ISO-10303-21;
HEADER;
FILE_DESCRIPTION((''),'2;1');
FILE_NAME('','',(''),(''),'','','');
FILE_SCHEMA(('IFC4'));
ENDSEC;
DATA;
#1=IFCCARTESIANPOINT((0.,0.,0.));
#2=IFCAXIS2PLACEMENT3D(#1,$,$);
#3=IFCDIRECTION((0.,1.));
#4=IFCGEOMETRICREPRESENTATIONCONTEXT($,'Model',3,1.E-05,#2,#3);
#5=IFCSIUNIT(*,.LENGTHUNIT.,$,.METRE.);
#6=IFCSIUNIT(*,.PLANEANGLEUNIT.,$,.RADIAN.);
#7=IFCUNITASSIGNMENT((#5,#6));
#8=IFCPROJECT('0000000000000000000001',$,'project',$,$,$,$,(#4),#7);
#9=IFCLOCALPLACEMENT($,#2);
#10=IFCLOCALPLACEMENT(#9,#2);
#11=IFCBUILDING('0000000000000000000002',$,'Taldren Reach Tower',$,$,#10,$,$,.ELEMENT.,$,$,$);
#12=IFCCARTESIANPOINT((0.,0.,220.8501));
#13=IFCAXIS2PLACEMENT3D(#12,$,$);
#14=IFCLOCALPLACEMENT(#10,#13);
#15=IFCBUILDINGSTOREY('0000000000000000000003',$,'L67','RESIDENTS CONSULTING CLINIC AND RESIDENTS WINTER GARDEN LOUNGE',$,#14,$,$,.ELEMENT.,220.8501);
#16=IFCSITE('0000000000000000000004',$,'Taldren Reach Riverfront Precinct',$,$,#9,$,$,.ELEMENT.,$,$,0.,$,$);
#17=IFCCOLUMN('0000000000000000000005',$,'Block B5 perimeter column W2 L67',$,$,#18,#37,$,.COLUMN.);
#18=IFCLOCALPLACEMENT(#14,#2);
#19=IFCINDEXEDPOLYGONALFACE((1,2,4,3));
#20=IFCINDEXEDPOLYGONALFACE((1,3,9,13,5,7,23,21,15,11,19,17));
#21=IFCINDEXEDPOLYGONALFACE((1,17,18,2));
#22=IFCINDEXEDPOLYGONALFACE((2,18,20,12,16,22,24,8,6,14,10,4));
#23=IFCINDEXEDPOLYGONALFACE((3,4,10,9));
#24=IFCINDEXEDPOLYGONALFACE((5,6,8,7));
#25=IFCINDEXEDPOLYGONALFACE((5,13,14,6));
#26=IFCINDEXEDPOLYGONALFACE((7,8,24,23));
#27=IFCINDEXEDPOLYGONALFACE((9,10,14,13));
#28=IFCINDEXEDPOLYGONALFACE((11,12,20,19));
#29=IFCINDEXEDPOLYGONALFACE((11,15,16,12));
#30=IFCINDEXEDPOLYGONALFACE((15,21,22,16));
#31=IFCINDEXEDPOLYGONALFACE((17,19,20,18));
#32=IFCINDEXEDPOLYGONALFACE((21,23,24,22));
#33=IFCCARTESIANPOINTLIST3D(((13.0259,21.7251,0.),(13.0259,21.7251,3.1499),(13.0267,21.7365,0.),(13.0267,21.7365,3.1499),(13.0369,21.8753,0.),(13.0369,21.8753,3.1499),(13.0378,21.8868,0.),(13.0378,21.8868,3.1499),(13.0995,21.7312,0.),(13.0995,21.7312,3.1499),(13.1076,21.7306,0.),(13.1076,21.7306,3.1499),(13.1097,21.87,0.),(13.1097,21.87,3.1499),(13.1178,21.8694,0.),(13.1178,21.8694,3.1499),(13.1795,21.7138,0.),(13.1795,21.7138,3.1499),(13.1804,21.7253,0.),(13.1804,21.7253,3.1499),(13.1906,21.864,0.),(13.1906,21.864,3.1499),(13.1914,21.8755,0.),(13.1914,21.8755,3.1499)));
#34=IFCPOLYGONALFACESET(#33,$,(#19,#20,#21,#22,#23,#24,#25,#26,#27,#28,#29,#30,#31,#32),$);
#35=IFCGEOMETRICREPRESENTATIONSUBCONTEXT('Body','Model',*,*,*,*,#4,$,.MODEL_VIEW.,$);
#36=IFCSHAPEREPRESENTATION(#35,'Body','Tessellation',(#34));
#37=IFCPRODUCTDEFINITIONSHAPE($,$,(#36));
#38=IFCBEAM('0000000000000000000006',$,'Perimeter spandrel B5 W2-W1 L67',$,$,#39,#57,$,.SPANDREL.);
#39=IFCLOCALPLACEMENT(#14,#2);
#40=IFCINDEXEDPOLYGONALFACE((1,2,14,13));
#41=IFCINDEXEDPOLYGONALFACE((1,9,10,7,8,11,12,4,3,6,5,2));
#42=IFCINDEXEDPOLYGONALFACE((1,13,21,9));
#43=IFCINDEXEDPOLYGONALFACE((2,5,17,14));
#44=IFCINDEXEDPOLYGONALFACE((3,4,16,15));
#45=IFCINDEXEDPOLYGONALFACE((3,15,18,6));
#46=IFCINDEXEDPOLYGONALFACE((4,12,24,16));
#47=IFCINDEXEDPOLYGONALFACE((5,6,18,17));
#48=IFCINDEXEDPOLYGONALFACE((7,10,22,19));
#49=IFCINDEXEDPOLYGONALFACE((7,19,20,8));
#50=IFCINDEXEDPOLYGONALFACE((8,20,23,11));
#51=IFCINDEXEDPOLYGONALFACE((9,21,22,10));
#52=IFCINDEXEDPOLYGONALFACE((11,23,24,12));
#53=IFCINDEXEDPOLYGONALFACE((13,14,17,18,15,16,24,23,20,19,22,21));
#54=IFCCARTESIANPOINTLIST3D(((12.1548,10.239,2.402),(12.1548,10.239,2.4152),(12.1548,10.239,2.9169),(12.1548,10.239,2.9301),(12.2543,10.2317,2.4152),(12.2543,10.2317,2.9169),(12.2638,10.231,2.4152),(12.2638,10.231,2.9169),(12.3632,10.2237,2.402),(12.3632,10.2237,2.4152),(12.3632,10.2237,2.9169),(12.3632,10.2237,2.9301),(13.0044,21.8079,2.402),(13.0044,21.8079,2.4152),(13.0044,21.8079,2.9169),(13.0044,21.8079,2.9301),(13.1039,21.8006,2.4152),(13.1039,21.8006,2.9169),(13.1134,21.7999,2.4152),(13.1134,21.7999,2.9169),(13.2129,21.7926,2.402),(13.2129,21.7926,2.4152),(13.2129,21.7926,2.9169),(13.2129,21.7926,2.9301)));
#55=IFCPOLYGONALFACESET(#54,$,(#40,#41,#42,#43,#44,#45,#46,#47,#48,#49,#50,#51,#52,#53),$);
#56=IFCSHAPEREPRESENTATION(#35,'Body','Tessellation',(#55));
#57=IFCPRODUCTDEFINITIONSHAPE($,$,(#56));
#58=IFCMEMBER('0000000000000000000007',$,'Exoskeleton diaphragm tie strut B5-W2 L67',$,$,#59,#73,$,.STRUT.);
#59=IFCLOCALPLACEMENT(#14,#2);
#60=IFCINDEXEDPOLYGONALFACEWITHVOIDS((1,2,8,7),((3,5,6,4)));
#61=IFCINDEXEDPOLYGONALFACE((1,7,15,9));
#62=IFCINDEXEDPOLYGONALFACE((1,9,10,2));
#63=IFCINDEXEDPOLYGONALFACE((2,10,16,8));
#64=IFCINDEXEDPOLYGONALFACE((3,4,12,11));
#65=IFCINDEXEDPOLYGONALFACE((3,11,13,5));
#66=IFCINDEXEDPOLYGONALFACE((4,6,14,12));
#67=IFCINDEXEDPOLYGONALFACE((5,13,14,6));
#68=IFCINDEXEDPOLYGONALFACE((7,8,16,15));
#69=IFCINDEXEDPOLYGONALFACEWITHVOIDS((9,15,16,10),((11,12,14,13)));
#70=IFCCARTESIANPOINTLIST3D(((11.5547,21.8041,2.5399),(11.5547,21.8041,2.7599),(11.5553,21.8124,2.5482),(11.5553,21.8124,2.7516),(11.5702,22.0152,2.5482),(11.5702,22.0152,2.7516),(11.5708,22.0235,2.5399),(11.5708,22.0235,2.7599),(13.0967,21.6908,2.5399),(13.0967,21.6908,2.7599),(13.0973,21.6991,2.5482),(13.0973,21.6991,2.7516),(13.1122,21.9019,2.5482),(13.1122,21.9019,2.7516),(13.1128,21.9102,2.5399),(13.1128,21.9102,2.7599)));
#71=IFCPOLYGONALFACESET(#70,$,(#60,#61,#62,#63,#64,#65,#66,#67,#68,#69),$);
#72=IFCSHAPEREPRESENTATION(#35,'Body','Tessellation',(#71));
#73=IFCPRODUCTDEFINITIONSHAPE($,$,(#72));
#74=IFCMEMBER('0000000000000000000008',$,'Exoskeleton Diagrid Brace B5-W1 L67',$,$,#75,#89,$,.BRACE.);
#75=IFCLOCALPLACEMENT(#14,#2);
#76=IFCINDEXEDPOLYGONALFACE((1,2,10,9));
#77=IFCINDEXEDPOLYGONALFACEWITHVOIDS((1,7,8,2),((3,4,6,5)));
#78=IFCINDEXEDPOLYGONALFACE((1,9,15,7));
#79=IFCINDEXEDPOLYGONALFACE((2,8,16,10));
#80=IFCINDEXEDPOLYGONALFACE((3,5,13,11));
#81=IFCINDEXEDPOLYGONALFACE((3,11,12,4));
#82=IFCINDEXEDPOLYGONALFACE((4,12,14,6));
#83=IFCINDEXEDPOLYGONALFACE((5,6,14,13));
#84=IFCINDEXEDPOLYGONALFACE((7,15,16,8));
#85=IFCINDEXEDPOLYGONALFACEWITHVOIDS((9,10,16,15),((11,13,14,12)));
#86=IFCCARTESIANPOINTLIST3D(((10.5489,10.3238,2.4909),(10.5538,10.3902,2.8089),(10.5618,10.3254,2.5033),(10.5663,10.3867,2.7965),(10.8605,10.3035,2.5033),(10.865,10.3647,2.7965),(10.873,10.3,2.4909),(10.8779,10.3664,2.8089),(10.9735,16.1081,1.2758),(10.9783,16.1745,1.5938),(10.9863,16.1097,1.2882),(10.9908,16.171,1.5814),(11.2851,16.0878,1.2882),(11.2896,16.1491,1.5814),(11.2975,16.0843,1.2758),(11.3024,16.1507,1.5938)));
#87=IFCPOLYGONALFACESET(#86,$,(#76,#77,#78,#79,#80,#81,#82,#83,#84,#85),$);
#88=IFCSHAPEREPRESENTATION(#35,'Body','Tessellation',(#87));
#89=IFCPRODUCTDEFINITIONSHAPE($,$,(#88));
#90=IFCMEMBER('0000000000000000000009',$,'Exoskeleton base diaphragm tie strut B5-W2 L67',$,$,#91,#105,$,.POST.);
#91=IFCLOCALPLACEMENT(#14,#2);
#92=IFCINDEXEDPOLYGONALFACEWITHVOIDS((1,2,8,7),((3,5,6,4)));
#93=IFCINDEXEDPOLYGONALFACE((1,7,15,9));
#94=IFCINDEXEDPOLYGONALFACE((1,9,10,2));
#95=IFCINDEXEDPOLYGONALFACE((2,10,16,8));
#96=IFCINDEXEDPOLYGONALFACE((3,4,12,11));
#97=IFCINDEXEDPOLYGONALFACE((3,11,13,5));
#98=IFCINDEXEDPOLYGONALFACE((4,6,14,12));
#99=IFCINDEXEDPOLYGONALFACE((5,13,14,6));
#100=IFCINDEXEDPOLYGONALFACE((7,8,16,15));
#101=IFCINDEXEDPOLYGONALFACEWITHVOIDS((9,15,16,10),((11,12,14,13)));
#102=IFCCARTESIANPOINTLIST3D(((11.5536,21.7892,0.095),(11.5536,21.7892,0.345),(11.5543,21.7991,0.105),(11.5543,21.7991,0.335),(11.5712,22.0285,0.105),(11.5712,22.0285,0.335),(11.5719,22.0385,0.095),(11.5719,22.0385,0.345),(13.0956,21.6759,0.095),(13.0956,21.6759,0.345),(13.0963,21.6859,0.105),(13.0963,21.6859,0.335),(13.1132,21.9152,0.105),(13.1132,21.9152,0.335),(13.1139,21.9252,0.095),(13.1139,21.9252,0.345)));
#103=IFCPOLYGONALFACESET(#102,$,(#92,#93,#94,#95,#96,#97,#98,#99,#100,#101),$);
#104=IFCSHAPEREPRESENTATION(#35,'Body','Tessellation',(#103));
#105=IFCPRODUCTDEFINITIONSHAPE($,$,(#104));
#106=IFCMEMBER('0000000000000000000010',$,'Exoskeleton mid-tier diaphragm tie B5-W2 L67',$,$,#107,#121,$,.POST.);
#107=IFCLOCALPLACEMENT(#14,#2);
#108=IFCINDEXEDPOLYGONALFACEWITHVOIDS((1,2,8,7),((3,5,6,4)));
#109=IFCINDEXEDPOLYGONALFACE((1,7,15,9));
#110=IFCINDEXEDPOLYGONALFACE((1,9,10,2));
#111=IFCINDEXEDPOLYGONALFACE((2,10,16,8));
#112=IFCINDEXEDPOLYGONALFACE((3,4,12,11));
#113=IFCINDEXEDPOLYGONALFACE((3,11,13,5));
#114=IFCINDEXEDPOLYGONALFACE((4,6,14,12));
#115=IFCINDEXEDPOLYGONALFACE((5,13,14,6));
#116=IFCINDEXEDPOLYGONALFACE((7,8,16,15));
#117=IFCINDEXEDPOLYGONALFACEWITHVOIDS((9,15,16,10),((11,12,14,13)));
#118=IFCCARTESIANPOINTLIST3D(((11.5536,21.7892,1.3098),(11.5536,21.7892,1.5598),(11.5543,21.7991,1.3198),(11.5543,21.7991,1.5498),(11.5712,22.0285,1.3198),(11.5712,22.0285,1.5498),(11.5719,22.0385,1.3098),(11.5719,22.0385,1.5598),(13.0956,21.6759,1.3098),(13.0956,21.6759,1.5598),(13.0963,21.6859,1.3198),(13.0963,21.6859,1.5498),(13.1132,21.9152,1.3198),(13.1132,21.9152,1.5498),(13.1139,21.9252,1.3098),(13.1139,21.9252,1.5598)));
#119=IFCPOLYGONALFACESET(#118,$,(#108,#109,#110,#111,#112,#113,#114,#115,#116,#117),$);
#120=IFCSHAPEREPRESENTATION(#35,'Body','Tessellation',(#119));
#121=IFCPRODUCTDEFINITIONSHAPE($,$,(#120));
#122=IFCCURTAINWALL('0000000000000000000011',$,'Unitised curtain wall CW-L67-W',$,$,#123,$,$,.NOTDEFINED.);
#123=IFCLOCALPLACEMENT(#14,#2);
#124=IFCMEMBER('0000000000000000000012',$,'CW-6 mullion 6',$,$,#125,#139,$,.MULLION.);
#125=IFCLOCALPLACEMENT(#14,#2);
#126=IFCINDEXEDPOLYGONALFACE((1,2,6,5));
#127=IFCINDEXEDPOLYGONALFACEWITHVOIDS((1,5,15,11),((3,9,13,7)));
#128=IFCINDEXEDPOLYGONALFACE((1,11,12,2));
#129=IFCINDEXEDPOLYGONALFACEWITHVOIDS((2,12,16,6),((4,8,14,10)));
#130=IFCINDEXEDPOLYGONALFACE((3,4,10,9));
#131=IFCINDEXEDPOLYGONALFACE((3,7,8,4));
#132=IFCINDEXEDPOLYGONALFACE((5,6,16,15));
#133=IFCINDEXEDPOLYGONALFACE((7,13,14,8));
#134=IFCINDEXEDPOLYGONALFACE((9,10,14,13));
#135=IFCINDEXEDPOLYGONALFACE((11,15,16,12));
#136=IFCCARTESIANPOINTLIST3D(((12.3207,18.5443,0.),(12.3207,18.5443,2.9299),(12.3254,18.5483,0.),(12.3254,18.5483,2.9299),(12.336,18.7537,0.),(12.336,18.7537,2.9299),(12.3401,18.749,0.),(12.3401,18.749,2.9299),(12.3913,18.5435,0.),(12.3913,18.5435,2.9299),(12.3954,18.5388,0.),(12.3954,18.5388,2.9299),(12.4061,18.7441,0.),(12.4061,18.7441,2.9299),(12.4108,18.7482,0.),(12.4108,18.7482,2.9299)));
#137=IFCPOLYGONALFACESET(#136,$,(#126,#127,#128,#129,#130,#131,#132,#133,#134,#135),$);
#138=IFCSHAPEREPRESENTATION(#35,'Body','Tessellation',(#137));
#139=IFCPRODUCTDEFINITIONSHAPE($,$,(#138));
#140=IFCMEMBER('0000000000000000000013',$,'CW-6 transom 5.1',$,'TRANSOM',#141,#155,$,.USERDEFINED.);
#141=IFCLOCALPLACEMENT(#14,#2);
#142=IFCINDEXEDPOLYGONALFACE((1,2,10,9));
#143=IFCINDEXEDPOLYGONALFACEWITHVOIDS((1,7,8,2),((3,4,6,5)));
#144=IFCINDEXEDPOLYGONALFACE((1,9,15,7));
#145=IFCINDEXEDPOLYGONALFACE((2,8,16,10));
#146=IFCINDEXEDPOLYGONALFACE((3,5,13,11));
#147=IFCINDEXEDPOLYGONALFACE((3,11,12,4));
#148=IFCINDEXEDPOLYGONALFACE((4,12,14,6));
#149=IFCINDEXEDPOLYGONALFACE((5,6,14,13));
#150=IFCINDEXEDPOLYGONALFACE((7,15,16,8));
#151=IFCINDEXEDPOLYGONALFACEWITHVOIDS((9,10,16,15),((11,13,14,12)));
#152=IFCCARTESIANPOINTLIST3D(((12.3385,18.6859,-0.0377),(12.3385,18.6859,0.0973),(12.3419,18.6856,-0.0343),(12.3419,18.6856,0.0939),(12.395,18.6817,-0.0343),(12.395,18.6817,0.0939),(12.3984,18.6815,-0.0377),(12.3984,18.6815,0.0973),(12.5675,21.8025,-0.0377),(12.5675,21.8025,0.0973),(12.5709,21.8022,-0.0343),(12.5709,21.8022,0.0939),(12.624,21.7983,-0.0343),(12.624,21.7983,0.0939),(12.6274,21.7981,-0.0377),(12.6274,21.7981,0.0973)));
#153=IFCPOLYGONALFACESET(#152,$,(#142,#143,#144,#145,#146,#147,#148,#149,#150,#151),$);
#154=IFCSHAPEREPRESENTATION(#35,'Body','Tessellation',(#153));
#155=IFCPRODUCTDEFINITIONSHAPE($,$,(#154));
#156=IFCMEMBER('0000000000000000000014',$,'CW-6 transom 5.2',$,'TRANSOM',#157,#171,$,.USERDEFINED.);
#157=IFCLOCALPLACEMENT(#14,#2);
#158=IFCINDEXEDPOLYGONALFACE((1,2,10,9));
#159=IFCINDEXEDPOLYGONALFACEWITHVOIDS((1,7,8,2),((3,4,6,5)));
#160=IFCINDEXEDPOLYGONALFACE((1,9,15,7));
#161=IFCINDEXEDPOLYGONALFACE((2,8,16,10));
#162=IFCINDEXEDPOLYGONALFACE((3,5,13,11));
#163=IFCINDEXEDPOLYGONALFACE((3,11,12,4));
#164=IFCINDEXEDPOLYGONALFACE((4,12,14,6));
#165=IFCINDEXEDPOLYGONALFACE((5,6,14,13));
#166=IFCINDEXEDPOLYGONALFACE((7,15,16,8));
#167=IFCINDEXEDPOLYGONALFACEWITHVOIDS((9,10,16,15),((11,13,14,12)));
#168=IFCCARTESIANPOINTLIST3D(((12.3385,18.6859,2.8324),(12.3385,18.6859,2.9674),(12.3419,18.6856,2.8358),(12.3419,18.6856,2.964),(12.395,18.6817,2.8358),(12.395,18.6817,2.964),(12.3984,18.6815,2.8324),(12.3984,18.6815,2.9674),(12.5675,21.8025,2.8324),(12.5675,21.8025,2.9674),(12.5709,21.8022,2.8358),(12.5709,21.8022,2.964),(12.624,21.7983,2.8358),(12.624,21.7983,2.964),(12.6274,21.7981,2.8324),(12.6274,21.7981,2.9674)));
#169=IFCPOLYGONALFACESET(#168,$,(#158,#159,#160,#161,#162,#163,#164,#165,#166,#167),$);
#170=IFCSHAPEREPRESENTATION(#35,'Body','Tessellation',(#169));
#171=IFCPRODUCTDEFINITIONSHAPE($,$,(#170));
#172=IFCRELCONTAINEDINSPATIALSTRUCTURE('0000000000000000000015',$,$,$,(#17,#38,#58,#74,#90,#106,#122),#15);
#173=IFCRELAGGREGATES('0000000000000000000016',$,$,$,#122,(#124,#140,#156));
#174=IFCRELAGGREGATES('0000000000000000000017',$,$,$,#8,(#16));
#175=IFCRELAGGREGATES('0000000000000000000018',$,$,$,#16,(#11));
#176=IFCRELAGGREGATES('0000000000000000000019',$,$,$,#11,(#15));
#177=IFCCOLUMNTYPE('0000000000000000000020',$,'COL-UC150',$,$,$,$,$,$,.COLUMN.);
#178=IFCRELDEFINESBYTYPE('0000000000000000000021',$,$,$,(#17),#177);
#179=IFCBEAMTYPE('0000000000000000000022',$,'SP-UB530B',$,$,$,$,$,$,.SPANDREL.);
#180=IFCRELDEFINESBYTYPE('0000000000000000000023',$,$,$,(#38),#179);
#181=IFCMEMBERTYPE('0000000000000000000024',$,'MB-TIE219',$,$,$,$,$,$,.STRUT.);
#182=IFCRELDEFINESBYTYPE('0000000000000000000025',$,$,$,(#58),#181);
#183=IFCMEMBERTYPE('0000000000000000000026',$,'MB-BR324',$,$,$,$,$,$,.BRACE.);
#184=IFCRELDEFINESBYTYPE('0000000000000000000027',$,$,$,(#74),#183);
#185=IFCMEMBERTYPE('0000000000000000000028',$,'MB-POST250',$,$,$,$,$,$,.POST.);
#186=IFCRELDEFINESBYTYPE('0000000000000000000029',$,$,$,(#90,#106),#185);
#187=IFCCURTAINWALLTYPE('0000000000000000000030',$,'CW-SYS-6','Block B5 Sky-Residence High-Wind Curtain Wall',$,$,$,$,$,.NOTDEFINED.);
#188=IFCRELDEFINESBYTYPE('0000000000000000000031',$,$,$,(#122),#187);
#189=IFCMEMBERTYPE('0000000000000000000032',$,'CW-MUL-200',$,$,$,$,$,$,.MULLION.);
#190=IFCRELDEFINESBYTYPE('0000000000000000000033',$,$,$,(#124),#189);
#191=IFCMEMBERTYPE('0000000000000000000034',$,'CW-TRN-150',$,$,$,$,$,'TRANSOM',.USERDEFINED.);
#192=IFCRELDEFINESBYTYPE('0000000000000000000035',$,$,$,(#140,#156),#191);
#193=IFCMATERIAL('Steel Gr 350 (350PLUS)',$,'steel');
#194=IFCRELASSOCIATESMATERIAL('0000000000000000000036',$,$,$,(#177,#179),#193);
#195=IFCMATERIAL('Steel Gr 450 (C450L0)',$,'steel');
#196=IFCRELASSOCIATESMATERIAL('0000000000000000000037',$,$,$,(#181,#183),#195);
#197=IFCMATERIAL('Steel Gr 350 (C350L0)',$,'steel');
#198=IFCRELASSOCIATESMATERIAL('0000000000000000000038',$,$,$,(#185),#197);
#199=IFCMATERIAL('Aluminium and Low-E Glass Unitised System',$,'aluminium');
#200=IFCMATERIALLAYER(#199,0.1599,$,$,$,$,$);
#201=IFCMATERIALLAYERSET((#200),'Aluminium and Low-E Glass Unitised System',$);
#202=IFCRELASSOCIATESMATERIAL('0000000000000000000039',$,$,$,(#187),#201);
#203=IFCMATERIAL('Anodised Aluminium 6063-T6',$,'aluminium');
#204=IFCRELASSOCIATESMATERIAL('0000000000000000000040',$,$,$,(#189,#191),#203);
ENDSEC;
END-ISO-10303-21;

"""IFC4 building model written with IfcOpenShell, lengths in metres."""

from ifc_helpers import new_model, si_unit, direction, frame, origin, origin_2d, place, context, subcontext, project, spatial, hollow_rectangle, i_section, extrude, source, transform, mapped, material, layer, layer_set, material_profile, profile_set, type_object, element, aggregate, save


model = new_model("IFC4")

# Units and contexts
model_context = context("Model", 3, precision=1e-05, world=origin(), true_north=direction((0.0, 1.0)))
body_context = subcontext(model_context, "Body", "Model", "MODEL_VIEW")
ifc_project = project(units=[si_unit("LENGTHUNIT", "METRE"), si_unit("PLANEANGLEUNIT", "RADIAN")], contexts=[model_context])

# Site, building, storey
site_placement = place(None, origin())
site = spatial("IfcSite", under=ifc_project, at=site_placement, Name="Taldren Reach Riverfront Precinct", CompositionType="ELEMENT", RefElevation=0.0)
building_placement = place(site_placement, origin())
building = spatial("IfcBuilding", under=site, at=building_placement, Name="Taldren Reach Tower", CompositionType="ELEMENT")
storey_placement = place(building_placement, frame((0.0, 0.0, 220.8501)))
storey = spatial("IfcBuildingStorey", under=building, at=storey_placement, Name="L67", Description="RESIDENTS CONSULTING CLINIC AND RESIDENTS WINTER GARDEN LOUNGE", CompositionType="ELEMENT", Elevation=220.8501)

# Column
ifc_material_1 = material(Name="Steel Gr 350 (350PLUS)", Category="steel")
ifc_material_profile_1 = material_profile(ifc_material_1, i_section(OverallWidth=0.1541, OverallDepth=0.1621, WebThickness=0.0081, FlangeThickness=0.0115, at=origin_2d()), Name="150UC37.2")
ifc_profile_set_1 = profile_set([ifc_material_profile_1], Name="Steel Gr 350 (350PLUS)")
column_type = type_object("IfcColumnType", Name="COL-UC150", PredefinedType="COLUMN", material=ifc_profile_set_1)
shared_shape_1 = source(origin(), body_context, "Body", "SweptSolid", [
    extrude(i_section(OverallWidth=0.1541, OverallDepth=0.1621, WebThickness=0.0081, FlangeThickness=0.0115, at=origin_2d()), origin(), (0.0, 0.0, 1.0), 3.1499),
])
column_placement = place(storey_placement, frame((13.1086, 21.8003, 0.0), z_axis=(0.0, 0.0, 1.0), x_axis=(0.997314, -0.073238, 0.0)))
element("IfcColumn", 1, at=column_placement, inside=storey, type_object=column_type, Name="Block B5 perimeter column W2 L67", PredefinedType="COLUMN", context=body_context, shape_type="MappedRepresentation", body=[
    mapped(shared_shape_1, transform((0.0, 0.0, 0.0), scale=1.0)),
])

# Beam
ifc_material_profile_2 = material_profile(ifc_material_1, i_section(OverallWidth=0.209, OverallDepth=0.5281, WebThickness=0.0095, FlangeThickness=0.0132, at=origin_2d()), Name="530UB82.0")
ifc_profile_set_2 = profile_set([ifc_material_profile_2], Name="Steel Gr 350 (350PLUS)")
beam_type = type_object("IfcBeamType", Name="SP-UB530B", PredefinedType="SPANDREL", material=ifc_profile_set_2)
shared_shape_2 = source(origin(), body_context, "Body", "SweptSolid", [
    extrude(i_section(OverallWidth=0.209, OverallDepth=0.5281, WebThickness=0.0095, FlangeThickness=0.0132, at=origin_2d()), origin(), (0.0, 0.0, 1.0), 11.6001),
])
beam_placement = place(storey_placement, frame((13.1086, 21.8003, 2.666), z_axis=(-0.073242, -0.997314, 0.0), x_axis=(0.997314, -0.073242, 0.0)))
element("IfcBeam", 2, at=beam_placement, inside=storey, type_object=beam_type, Name="Perimeter spandrel B5 W2-W1 L67", PredefinedType="SPANDREL", context=body_context, shape_type="MappedRepresentation", body=[
    mapped(shared_shape_2, transform((0.0, 0.0, 0.0), scale=1.0)),
])

# Members
ifc_material_2 = material(Name="Steel Gr 450 (C450L0)", Category="steel")
ifc_material_profile_3 = material_profile(ifc_material_2, hollow_rectangle(XDim=0.22, YDim=0.22, WallThickness=0.0083, at=origin_2d()), Name="220x220x8.2SHS")
ifc_profile_set_3 = profile_set([ifc_material_profile_3], Name="Steel Gr 450 (C450L0)")
member_type_1 = type_object("IfcMemberType", Name="MB-TIE219", PredefinedType="STRUT", material=ifc_profile_set_3)
shared_shape_3 = source(origin(), body_context, "Body", "SweptSolid", [
    extrude(hollow_rectangle(XDim=0.22, YDim=0.22, WallThickness=0.0083, at=origin_2d()), origin(), (0.0, 0.0, 1.0), 1.5461),
])
member_1_placement = place(storey_placement, frame((13.1047, 21.8005, 2.6499), z_axis=(-0.997312, 0.073267, 0.0), x_axis=(-0.073267, -0.997312, 0.0)))
element("IfcMember", 3, at=member_1_placement, inside=storey, type_object=member_type_1, Name="Exoskeleton diaphragm tie strut B5-W2 L67", PredefinedType="STRUT", context=body_context, shape_type="MappedRepresentation", body=[
    mapped(shared_shape_3, transform((0.0, 0.0, 0.0), scale=1.0)),
])
ifc_material_profile_4 = material_profile(ifc_material_2, hollow_rectangle(XDim=0.325, YDim=0.325, WallThickness=0.0127, at=origin_2d()), Name="325x325x12.7SHS")
ifc_profile_set_4 = profile_set([ifc_material_profile_4], Name="Steel Gr 450 (C450L0)")
member_type_2 = type_object("IfcMemberType", Name="MB-BR324", PredefinedType="BRACE", material=ifc_profile_set_4)
shared_shape_4 = source(origin(), body_context, "Body", "SweptSolid", [
    extrude(hollow_rectangle(XDim=0.325, YDim=0.325, WallThickness=0.0127, at=origin_2d()), origin(), (0.0, 0.0, 1.0), 5.9258),
])
member_2_placement = place(storey_placement, frame((11.1379, 16.1294, 1.4348), z_axis=(-0.071645, -0.976126, 0.205047), x_axis=(0.997317, -0.0732, 0.0)))
element("IfcMember", 4, at=member_2_placement, inside=storey, type_object=member_type_2, Name="Exoskeleton Diagrid Brace B5-W1 L67", PredefinedType="BRACE", context=body_context, shape_type="MappedRepresentation", body=[
    mapped(shared_shape_4, transform((0.0, 0.0, 0.0), scale=1.0)),
])
ifc_material_3 = material(Name="Steel Gr 350 (C350L0)", Category="steel")
ifc_material_profile_5 = material_profile(ifc_material_3, hollow_rectangle(XDim=0.25, YDim=0.25, WallThickness=0.01, at=origin_2d()), Name="250x250x10.0SHS")
ifc_profile_set_5 = profile_set([ifc_material_profile_5], Name="Steel Gr 350 (C350L0)")
member_type_3 = type_object("IfcMemberType", Name="MB-POST250", PredefinedType="POST", material=ifc_profile_set_5)
shared_shape_5 = source(origin(), body_context, "Body", "SweptSolid", [
    extrude(hollow_rectangle(XDim=0.25, YDim=0.25, WallThickness=0.01, at=origin_2d()), origin(), (0.0, 0.0, 1.0), 1.5461),
])
for number, where, z_axis, x_axis, name in (
    (5, (13.1047, 21.8005, 0.22), (-0.997312, 0.073267, 0.0), (-0.073267, -0.997312, 0.0), "Exoskeleton base diaphragm tie strut B5-W2 L67"),
    (6, (13.1047, 21.8005, 1.4348), (-0.997312, 0.073267, 0.0), (-0.073267, -0.997312, 0.0), "Exoskeleton mid-tier diaphragm tie B5-W2 L67"),
):
    element("IfcMember", number, at=place(storey_placement, frame(where, z_axis=z_axis, x_axis=x_axis)), inside=storey, type_object=member_type_3, Name=name, PredefinedType="POST", context=body_context, shape_type="MappedRepresentation", body=[
        mapped(shared_shape_5, transform((0.0, 0.0, 0.0), scale=1.0)),
    ])

# Curtain wall, members
ifc_material_4 = material(Name="Aluminium and Low-E Glass Unitised System", Category="aluminium")
ifc_layer_1 = layer(ifc_material_4, 0.1599)
ifc_layer_set_1 = layer_set([ifc_layer_1], Name="Aluminium and Low-E Glass Unitised System")
curtain_wall_type = type_object("IfcCurtainWallType", Name="CW-SYS-6", Description="Block B5 Sky-Residence High-Wind Curtain Wall", PredefinedType="NOTDEFINED", material=ifc_layer_set_1)
curtain_wall_placement = place(storey_placement, origin())
curtain_wall = element("IfcCurtainWall", 7, at=curtain_wall_placement, inside=storey, type_object=curtain_wall_type, Name="Unitised curtain wall CW-L67-W", PredefinedType="NOTDEFINED")
ifc_material_5 = material(Name="Anodised Aluminium 6063-T6", Category="aluminium")
ifc_material_profile_6 = material_profile(ifc_material_5, hollow_rectangle(XDim=0.075, YDim=0.21, WallThickness=0.0044, at=origin_2d()), Name="ALU-210x75x4.5RHS")
ifc_profile_set_6 = profile_set([ifc_material_profile_6], Name="Anodised Aluminium 6063-T6")
member_type_4 = type_object("IfcMemberType", Name="CW-MUL-200", PredefinedType="MULLION", material=ifc_profile_set_6)
shared_shape_6 = source(origin(), body_context, "Body", "SweptSolid", [
    extrude(hollow_rectangle(XDim=0.075, YDim=0.21, WallThickness=0.0044, at=origin_2d()), origin(), (0.0, 0.0, 1.0), 2.9299),
])
member_3_placement = place(storey_placement, frame((12.3657, 18.6462, 0.0), z_axis=(0.0, 0.0, 1.0), x_axis=(0.997314, -0.073238, 0.0)))
member_3 = element("IfcMember", 8, at=member_3_placement, type_object=member_type_4, Name="CW-6 mullion 6", PredefinedType="MULLION", context=body_context, shape_type="MappedRepresentation", body=[
    mapped(shared_shape_6, transform((0.0, 0.0, 0.0), scale=1.0)),
])
ifc_material_profile_7 = material_profile(ifc_material_5, hollow_rectangle(XDim=0.0601, YDim=0.135, WallThickness=0.0034, at=origin_2d()), Name="ALU-135x60x3.5RHS")
ifc_profile_set_7 = profile_set([ifc_material_profile_7], Name="Anodised Aluminium 6063-T6")
member_type_5 = type_object("IfcMemberType", Name="CW-TRN-150", ElementType="TRANSOM", PredefinedType="USERDEFINED", material=ifc_profile_set_7)
shared_shape_7 = source(origin(), body_context, "Body", "SweptSolid", [
    extrude(hollow_rectangle(XDim=0.0601, YDim=0.135, WallThickness=0.0034, at=origin_2d()), origin(), (0.0, 0.0, 1.0), 3.125),
])
member_4_placement = place(storey_placement, frame((12.5974, 21.8003, 0.0298), z_axis=(-0.073279, -0.997311, 0.0), x_axis=(0.997311, -0.073279, 0.0)))
member_4 = element("IfcMember", 9, at=member_4_placement, type_object=member_type_5, Name="CW-6 transom 5.1", ObjectType="TRANSOM", PredefinedType="USERDEFINED", context=body_context, shape_type="MappedRepresentation", body=[
    mapped(shared_shape_7, transform((0.0, 0.0, 0.0), scale=1.0)),
])
member_5_placement = place(storey_placement, frame((12.5974, 21.8003, 2.8999), z_axis=(-0.073279, -0.997311, 0.0), x_axis=(0.997311, -0.073279, 0.0)))
member_5 = element("IfcMember", 10, at=member_5_placement, type_object=member_type_5, Name="CW-6 transom 5.2", ObjectType="TRANSOM", PredefinedType="USERDEFINED", context=body_context, shape_type="MappedRepresentation", body=[
    mapped(shared_shape_7, transform((0.0, 0.0, 0.0), scale=1.0)),
])
aggregate(curtain_wall, [member_3, member_4, member_5])

save(model, "model.ifc")
